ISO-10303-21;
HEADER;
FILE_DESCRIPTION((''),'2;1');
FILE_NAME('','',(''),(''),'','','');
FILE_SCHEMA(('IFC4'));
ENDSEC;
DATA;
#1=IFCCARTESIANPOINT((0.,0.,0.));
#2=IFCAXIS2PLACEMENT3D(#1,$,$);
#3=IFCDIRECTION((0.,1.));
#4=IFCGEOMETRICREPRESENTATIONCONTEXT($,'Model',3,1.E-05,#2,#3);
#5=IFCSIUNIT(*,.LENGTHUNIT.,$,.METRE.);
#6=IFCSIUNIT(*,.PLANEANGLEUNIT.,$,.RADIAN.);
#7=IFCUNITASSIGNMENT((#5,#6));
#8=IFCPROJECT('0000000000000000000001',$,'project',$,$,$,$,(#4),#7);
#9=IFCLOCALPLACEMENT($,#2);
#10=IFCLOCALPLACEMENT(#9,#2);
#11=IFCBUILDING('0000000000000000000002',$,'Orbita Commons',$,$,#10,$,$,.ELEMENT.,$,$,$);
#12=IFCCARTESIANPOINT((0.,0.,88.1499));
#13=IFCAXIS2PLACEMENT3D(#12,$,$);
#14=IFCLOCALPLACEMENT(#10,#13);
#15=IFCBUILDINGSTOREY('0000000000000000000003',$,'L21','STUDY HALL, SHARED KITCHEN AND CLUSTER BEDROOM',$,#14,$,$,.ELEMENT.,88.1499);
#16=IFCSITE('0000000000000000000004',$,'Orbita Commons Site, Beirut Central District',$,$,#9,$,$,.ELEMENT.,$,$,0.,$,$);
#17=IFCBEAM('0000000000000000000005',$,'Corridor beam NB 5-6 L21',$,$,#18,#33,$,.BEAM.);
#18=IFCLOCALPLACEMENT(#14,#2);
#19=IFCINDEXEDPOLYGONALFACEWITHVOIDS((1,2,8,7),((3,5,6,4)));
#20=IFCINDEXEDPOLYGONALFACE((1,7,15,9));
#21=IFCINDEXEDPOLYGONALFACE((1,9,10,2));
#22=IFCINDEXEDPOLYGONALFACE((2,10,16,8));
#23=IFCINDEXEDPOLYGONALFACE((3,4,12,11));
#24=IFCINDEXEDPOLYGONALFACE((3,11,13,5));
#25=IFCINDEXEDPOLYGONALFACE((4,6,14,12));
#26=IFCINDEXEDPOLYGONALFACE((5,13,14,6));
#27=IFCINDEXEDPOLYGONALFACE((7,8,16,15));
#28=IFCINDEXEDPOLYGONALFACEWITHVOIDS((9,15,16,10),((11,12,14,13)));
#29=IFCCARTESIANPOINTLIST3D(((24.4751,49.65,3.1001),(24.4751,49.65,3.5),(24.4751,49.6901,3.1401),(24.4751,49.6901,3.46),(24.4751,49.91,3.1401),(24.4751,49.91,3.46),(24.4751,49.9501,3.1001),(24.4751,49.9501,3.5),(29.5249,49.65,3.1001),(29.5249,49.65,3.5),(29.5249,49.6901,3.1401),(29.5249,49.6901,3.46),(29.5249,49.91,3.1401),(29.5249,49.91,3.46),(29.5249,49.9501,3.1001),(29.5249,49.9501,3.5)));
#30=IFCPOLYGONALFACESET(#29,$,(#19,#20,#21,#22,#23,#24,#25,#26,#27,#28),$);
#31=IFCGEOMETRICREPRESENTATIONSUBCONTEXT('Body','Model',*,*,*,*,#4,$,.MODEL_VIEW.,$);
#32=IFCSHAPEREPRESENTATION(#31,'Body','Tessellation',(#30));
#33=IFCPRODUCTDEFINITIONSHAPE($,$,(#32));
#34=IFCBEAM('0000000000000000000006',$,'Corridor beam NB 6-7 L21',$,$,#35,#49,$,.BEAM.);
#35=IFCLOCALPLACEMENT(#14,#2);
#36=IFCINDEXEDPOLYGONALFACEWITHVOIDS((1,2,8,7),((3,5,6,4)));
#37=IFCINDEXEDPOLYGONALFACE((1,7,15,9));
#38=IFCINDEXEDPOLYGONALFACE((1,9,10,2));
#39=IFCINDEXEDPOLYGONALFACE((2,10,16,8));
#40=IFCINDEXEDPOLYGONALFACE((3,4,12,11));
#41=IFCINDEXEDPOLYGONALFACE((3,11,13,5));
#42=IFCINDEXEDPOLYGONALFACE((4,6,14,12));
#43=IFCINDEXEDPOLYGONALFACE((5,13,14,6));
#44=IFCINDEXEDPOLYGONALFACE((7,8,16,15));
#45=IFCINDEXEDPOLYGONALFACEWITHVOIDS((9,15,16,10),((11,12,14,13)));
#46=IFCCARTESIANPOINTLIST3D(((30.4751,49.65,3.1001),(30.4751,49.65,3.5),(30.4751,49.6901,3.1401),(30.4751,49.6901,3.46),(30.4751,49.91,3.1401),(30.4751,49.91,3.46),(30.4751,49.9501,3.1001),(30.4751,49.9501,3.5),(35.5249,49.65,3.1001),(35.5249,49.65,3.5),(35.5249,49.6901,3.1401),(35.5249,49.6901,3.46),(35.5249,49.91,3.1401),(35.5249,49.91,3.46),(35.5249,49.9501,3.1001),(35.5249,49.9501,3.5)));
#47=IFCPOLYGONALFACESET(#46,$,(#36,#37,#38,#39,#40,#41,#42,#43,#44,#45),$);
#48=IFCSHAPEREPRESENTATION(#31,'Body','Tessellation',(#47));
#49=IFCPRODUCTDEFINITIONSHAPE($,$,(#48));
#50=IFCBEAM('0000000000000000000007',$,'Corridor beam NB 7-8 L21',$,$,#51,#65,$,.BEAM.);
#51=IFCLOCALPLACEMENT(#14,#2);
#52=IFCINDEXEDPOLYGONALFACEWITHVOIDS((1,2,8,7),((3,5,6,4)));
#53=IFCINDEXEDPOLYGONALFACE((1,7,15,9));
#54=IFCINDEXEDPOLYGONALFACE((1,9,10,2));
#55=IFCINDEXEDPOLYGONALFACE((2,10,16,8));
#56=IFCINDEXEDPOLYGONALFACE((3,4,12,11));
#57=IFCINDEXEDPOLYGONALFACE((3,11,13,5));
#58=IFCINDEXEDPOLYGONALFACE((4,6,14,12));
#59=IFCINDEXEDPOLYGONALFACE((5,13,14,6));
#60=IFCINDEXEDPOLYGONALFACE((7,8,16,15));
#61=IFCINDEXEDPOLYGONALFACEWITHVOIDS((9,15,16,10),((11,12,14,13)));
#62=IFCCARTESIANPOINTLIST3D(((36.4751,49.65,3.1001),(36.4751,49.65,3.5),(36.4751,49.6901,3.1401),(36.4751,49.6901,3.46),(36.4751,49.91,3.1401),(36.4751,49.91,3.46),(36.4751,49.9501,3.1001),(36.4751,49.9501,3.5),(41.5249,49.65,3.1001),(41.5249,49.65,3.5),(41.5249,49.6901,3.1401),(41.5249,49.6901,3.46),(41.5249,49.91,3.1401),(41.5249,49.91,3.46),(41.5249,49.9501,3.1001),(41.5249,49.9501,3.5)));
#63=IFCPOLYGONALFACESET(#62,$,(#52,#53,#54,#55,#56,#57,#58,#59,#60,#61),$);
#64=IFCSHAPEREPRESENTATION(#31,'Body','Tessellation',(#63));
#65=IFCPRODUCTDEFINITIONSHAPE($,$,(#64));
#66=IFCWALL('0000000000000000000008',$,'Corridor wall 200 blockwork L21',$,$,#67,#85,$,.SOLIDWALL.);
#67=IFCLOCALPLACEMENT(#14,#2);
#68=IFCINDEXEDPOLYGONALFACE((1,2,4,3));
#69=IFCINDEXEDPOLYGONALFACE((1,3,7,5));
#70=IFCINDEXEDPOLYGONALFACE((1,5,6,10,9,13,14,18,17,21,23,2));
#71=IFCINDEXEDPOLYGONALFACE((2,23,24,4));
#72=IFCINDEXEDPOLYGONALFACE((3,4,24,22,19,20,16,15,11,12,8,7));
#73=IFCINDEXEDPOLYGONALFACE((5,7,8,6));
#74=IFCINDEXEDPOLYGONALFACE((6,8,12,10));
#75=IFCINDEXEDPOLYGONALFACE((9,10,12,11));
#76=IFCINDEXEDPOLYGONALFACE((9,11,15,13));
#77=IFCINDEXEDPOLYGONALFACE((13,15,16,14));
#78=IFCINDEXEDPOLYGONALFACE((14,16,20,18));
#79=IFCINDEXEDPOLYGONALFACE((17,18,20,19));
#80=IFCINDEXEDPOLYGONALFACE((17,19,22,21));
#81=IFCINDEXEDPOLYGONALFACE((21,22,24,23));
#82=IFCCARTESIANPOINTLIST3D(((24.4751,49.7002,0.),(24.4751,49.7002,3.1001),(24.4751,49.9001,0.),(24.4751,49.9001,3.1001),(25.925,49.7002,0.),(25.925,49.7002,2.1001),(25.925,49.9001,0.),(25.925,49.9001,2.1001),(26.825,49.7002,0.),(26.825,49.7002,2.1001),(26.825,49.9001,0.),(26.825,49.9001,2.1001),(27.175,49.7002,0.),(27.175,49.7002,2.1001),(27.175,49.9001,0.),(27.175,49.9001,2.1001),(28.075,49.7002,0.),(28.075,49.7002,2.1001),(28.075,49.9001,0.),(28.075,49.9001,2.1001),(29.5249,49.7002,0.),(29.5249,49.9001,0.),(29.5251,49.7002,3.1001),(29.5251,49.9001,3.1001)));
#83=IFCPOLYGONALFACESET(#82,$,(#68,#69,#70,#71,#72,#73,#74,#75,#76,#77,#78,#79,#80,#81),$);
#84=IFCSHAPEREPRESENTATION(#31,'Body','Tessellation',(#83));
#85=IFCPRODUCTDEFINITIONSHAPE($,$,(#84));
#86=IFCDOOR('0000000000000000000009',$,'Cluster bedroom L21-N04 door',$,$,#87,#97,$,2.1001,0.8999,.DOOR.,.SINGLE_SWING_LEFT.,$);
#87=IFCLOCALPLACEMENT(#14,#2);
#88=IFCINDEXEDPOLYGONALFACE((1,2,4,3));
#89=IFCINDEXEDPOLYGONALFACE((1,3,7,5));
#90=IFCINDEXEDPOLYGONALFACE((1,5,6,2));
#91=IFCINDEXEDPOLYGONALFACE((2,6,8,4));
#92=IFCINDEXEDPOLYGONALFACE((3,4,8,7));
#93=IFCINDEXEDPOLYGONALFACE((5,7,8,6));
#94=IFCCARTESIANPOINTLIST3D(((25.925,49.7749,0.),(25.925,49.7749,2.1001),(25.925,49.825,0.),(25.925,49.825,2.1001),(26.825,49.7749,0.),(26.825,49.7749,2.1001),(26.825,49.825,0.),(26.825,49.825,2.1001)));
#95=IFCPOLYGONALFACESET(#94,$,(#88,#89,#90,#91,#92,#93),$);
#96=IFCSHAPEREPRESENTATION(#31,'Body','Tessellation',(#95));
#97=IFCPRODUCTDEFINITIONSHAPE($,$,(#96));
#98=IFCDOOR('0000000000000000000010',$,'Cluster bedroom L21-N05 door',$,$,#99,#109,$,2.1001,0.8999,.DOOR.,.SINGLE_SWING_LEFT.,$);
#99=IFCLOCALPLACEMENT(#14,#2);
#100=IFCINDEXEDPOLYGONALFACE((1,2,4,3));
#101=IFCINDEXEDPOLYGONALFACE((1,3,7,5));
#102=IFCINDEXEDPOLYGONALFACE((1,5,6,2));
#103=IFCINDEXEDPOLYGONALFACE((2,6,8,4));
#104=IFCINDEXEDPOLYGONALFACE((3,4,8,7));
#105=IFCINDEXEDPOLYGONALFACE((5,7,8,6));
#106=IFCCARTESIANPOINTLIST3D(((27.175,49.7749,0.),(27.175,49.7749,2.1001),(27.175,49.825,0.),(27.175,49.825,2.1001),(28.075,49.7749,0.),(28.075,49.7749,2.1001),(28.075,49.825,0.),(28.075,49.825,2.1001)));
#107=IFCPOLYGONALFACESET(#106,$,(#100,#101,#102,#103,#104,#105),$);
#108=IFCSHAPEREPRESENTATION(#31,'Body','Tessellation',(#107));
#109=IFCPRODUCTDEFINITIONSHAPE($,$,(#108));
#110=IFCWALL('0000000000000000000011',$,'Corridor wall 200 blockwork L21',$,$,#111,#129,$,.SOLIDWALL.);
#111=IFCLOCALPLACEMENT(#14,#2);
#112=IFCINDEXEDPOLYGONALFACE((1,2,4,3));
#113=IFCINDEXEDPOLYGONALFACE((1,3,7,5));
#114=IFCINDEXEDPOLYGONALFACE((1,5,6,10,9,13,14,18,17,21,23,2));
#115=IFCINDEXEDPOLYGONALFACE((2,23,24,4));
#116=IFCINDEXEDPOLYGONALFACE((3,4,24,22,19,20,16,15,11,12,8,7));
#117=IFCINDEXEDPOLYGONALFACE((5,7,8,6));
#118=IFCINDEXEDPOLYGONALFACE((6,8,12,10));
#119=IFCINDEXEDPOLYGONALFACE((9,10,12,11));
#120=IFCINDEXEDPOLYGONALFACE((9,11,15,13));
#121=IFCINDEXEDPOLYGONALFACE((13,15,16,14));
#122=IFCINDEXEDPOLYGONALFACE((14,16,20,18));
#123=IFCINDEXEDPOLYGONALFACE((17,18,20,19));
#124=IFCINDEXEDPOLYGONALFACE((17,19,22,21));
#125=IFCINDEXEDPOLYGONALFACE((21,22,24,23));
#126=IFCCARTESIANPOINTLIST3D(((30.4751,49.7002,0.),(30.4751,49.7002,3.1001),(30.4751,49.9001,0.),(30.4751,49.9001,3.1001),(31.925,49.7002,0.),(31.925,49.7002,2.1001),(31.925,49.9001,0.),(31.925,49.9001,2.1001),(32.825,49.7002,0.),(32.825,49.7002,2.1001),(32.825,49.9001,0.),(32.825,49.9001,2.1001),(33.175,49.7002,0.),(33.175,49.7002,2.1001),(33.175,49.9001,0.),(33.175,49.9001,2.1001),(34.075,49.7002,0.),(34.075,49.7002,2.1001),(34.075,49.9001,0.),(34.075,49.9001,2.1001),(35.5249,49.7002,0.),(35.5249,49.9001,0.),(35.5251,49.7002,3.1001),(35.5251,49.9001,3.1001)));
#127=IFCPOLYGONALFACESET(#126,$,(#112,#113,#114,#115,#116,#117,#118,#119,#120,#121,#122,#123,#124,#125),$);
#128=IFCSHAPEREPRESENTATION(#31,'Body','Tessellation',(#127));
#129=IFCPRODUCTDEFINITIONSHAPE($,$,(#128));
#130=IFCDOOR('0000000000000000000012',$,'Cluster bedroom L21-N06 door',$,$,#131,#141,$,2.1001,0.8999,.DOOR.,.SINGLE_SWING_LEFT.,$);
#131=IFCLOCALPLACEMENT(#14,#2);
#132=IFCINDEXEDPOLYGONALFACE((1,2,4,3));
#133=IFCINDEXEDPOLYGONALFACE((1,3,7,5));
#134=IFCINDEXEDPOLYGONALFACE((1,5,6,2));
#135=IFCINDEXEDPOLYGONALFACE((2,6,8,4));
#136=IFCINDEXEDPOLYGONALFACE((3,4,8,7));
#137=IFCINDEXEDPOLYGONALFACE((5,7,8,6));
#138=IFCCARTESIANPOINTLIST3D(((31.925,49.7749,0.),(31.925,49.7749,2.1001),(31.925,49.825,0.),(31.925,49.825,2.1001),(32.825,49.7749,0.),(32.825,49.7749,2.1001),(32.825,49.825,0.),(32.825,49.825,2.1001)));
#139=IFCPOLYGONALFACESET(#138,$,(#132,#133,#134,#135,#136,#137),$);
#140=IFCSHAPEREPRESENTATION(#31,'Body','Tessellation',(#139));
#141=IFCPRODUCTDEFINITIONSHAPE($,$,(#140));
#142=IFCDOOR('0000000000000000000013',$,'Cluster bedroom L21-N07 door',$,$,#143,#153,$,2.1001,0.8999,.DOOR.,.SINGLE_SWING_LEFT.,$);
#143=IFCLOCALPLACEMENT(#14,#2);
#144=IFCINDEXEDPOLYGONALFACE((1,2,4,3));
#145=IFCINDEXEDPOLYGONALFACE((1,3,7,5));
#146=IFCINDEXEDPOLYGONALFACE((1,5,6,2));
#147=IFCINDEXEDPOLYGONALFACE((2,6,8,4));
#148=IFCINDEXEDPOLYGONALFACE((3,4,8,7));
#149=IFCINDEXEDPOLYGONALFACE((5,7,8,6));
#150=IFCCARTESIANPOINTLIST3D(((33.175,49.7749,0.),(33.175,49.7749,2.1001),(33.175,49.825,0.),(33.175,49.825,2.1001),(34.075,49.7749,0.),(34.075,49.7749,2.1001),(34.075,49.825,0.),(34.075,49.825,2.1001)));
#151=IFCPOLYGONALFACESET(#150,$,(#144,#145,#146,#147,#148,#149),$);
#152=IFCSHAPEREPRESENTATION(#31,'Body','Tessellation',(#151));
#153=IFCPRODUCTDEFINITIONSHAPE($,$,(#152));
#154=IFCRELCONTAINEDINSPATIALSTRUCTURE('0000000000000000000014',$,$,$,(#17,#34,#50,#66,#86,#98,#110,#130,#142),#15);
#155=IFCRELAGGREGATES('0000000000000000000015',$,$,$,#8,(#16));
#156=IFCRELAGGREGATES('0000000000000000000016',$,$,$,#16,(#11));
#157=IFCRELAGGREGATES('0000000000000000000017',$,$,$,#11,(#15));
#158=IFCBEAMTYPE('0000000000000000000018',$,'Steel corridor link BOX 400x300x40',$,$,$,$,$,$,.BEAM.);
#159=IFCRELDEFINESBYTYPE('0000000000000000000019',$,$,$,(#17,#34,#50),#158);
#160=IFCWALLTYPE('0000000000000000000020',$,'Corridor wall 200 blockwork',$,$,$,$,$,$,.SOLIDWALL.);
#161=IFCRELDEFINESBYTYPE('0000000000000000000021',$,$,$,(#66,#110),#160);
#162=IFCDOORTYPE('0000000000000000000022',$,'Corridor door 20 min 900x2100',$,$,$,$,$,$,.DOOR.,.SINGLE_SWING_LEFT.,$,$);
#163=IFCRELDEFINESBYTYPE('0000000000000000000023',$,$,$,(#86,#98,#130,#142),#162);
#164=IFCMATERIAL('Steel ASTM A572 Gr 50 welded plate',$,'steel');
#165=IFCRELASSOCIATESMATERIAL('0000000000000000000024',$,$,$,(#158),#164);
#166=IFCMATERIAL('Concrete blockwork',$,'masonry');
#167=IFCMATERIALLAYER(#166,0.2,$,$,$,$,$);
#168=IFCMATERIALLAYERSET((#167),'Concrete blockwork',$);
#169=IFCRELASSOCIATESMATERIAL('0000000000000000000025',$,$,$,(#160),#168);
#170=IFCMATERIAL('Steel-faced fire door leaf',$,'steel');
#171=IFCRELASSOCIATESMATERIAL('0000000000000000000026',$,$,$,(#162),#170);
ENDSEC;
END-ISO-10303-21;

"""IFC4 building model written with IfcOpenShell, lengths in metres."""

from ifc_helpers import new_model, si_unit, direction, frame, frame_2d, origin, origin_2d, place, context, subcontext, project, spatial, polyline, rectangle, hollow_rectangle, outline, extrude, material, layer, layer_set, material_profile, profile_set, type_object, element, fill, save


model = new_model("IFC4")

# Units and contexts
model_context = context("Model", 3, precision=1e-05, world=origin(), true_north=direction((0.0, 1.0)))
body_context = subcontext(model_context, "Body", "Model", "MODEL_VIEW")
ifc_project = project(units=[si_unit("LENGTHUNIT", "METRE"), si_unit("PLANEANGLEUNIT", "RADIAN")], contexts=[model_context])

# Site, building, storey
site_placement = place(None, origin())
site = spatial("IfcSite", under=ifc_project, at=site_placement, Name="Orbita Commons Site, Beirut Central District", CompositionType="ELEMENT", RefElevation=0.0)
building_placement = place(site_placement, origin())
building = spatial("IfcBuilding", under=site, at=building_placement, Name="Orbita Commons", CompositionType="ELEMENT")
storey_placement = place(building_placement, frame((0.0, 0.0, 88.1499)))
storey = spatial("IfcBuildingStorey", under=building, at=storey_placement, Name="L21", Description="STUDY HALL, SHARED KITCHEN AND CLUSTER BEDROOM", CompositionType="ELEMENT", Elevation=88.1499)

# Beams
ifc_material_1 = material(Name="Steel ASTM A572 Gr 50 welded plate", Category="steel")
ifc_material_profile = material_profile(ifc_material_1, hollow_rectangle(XDim=0.3, YDim=0.3999, WallThickness=0.04, at=origin_2d()), Name="BOX 400x300x40")
ifc_profile_set = profile_set([ifc_material_profile], Name="Steel ASTM A572 Gr 50 welded plate")
beam_type = type_object("IfcBeamType", Name="Steel corridor link BOX 400x300x40", PredefinedType="BEAM", material=ifc_profile_set)
for number, where, z_axis, x_axis, name in (
    (1, (24.4751, 49.8, 3.3), (1.0, 0.0, 0.0), (0.0, 1.0, 0.0), "Corridor beam NB 5-6 L21"),
    (2, (30.4751, 49.8, 3.3), (1.0, 0.0, 0.0), (0.0, 1.0, 0.0), "Corridor beam NB 6-7 L21"),
    (3, (36.4751, 49.8, 3.3), (1.0, 0.0, 0.0), (0.0, 1.0, 0.0), "Corridor beam NB 7-8 L21"),
):
    element("IfcBeam", number, at=place(storey_placement, frame(where, z_axis=z_axis, x_axis=x_axis)), inside=storey, type_object=beam_type, Name=name, PredefinedType="BEAM", context=body_context, shape_type="SweptSolid", body=[
        extrude(hollow_rectangle(XDim=0.3, YDim=0.3999, WallThickness=0.04, at=origin_2d()), origin(), (0.0, 0.0, 1.0), 5.0498),
    ])

# Walls, openings, doors
ifc_material_2 = material(Name="Concrete blockwork", Category="masonry")
ifc_layer_1 = layer(ifc_material_2, 0.2)
ifc_layer_set_1 = layer_set([ifc_layer_1], Name="Concrete blockwork")
wall_type_1 = type_object("IfcWallType", Name="Corridor wall 200 blockwork", PredefinedType="SOLIDWALL", material=ifc_layer_set_1)
wall_1_placement = place(storey_placement, frame((24.4751, 49.8, 0.0), z_axis=(0.0, 0.0, 1.0), x_axis=(1.0, 0.0, 0.0)))
wall_1 = element("IfcWall", 4, at=wall_1_placement, inside=storey, type_object=wall_type_1, Name="Corridor wall 200 blockwork L21", PredefinedType="SOLIDWALL", context=body_context, shape_type="SweptSolid", body=[
    extrude(outline(polyline([(0.0, 0.0), (5.0498, 0.0), (5.05, 3.1001), (0.0, 3.1001), (0.0, 0.0)])), frame((0.0, 0.1001, 0.0), z_axis=(0.0, -1.0, 0.0), x_axis=(1.0, 0.0, 0.0)), (0.0, 0.0, 1.0), 0.2),
])
opening_1_placement = place(wall_1_placement, frame((1.45, 0.0, 0.0)))
opening_1 = element("IfcOpeningElement", 5, at=opening_1_placement, cuts=wall_1, PredefinedType="OPENING", context=body_context, shape_type="SweptSolid", body=[
    extrude(rectangle(XDim=0.8999, YDim=2.1001, at=frame_2d((0.45, 1.05))), frame((0.0, 0.1099, 0.0), z_axis=(0.0, -1.0, 0.0), x_axis=(1.0, 0.0, 0.0)), (0.0, 0.0, 1.0), 0.22),
])
opening_2_placement = place(wall_1_placement, frame((2.7, 0.0, 0.0)))
opening_2 = element("IfcOpeningElement", 6, at=opening_2_placement, cuts=wall_1, PredefinedType="OPENING", context=body_context, shape_type="SweptSolid", body=[
    extrude(rectangle(XDim=0.8999, YDim=2.1001, at=frame_2d((0.45, 1.05))), frame((0.0, 0.1099, 0.0), z_axis=(0.0, -1.0, 0.0), x_axis=(1.0, 0.0, 0.0)), (0.0, 0.0, 1.0), 0.22),
])
ifc_material_3 = material(Name="Steel-faced fire door leaf", Category="steel")
door_type_1 = type_object("IfcDoorType", Name="Corridor door 20 min 900x2100", OperationType="SINGLE_SWING_LEFT", PredefinedType="DOOR", material=ifc_material_3)
door_1_placement = place(opening_1_placement, origin())
door_1 = element("IfcDoor", 7, at=door_1_placement, inside=storey, type_object=door_type_1, Name="Cluster bedroom L21-N04 door", OperationType="SINGLE_SWING_LEFT", OverallHeight=2.1001, OverallWidth=0.8999, PredefinedType="DOOR", context=body_context, shape_type="SweptSolid", body=[
    extrude(rectangle(XDim=0.8999, YDim=2.1001, at=frame_2d((0.45, 1.05))), frame((0.0, 0.0249, 0.0), z_axis=(0.0, -1.0, 0.0), x_axis=(1.0, 0.0, 0.0)), (0.0, 0.0, 1.0), 0.05),
])
fill(opening_1, door_1)
door_2_placement = place(opening_2_placement, origin())
door_2 = element("IfcDoor", 8, at=door_2_placement, inside=storey, type_object=door_type_1, Name="Cluster bedroom L21-N05 door", OperationType="SINGLE_SWING_LEFT", OverallHeight=2.1001, OverallWidth=0.8999, PredefinedType="DOOR", context=body_context, shape_type="SweptSolid", body=[
    extrude(rectangle(XDim=0.8999, YDim=2.1001, at=frame_2d((0.45, 1.05))), frame((0.0, 0.0249, 0.0), z_axis=(0.0, -1.0, 0.0), x_axis=(1.0, 0.0, 0.0)), (0.0, 0.0, 1.0), 0.05),
])
fill(opening_2, door_2)
wall_2_placement = place(storey_placement, frame((30.4751, 49.8, 0.0), z_axis=(0.0, 0.0, 1.0), x_axis=(1.0, 0.0, 0.0)))
wall_2 = element("IfcWall", 9, at=wall_2_placement, inside=storey, type_object=wall_type_1, Name="Corridor wall 200 blockwork L21", PredefinedType="SOLIDWALL", context=body_context, shape_type="SweptSolid", body=[
    extrude(outline(polyline([(0.0, 0.0), (5.0498, 0.0), (5.05, 3.1001), (0.0, 3.1001), (0.0, 0.0)])), frame((0.0, 0.1001, 0.0), z_axis=(0.0, -1.0, 0.0), x_axis=(1.0, 0.0, 0.0)), (0.0, 0.0, 1.0), 0.2),
])
opening_3_placement = place(wall_2_placement, frame((1.45, 0.0, 0.0)))
opening_3 = element("IfcOpeningElement", 10, at=opening_3_placement, cuts=wall_2, PredefinedType="OPENING", context=body_context, shape_type="SweptSolid", body=[
    extrude(rectangle(XDim=0.8999, YDim=2.1001, at=frame_2d((0.45, 1.05))), frame((0.0, 0.1099, 0.0), z_axis=(0.0, -1.0, 0.0), x_axis=(1.0, 0.0, 0.0)), (0.0, 0.0, 1.0), 0.22),
])
opening_4_placement = place(wall_2_placement, frame((2.7, 0.0, 0.0)))
opening_4 = element("IfcOpeningElement", 11, at=opening_4_placement, cuts=wall_2, PredefinedType="OPENING", context=body_context, shape_type="SweptSolid", body=[
    extrude(rectangle(XDim=0.8999, YDim=2.1001, at=frame_2d((0.45, 1.05))), frame((0.0, 0.1099, 0.0), z_axis=(0.0, -1.0, 0.0), x_axis=(1.0, 0.0, 0.0)), (0.0, 0.0, 1.0), 0.22),
])
door_3_placement = place(opening_3_placement, origin())
door_3 = element("IfcDoor", 12, at=door_3_placement, inside=storey, type_object=door_type_1, Name="Cluster bedroom L21-N06 door", OperationType="SINGLE_SWING_LEFT", OverallHeight=2.1001, OverallWidth=0.8999, PredefinedType="DOOR", context=body_context, shape_type="SweptSolid", body=[
    extrude(rectangle(XDim=0.8999, YDim=2.1001, at=frame_2d((0.45, 1.05))), frame((0.0, 0.0249, 0.0), z_axis=(0.0, -1.0, 0.0), x_axis=(1.0, 0.0, 0.0)), (0.0, 0.0, 1.0), 0.05),
])
fill(opening_3, door_3)
door_4_placement = place(opening_4_placement, origin())
door_4 = element("IfcDoor", 13, at=door_4_placement, inside=storey, type_object=door_type_1, Name="Cluster bedroom L21-N07 door", OperationType="SINGLE_SWING_LEFT", OverallHeight=2.1001, OverallWidth=0.8999, PredefinedType="DOOR", context=body_context, shape_type="SweptSolid", body=[
    extrude(rectangle(XDim=0.8999, YDim=2.1001, at=frame_2d((0.45, 1.05))), frame((0.0, 0.0249, 0.0), z_axis=(0.0, -1.0, 0.0), x_axis=(1.0, 0.0, 0.0)), (0.0, 0.0, 1.0), 0.05),
])
fill(opening_4, door_4)

save(model, "model.ifc")
